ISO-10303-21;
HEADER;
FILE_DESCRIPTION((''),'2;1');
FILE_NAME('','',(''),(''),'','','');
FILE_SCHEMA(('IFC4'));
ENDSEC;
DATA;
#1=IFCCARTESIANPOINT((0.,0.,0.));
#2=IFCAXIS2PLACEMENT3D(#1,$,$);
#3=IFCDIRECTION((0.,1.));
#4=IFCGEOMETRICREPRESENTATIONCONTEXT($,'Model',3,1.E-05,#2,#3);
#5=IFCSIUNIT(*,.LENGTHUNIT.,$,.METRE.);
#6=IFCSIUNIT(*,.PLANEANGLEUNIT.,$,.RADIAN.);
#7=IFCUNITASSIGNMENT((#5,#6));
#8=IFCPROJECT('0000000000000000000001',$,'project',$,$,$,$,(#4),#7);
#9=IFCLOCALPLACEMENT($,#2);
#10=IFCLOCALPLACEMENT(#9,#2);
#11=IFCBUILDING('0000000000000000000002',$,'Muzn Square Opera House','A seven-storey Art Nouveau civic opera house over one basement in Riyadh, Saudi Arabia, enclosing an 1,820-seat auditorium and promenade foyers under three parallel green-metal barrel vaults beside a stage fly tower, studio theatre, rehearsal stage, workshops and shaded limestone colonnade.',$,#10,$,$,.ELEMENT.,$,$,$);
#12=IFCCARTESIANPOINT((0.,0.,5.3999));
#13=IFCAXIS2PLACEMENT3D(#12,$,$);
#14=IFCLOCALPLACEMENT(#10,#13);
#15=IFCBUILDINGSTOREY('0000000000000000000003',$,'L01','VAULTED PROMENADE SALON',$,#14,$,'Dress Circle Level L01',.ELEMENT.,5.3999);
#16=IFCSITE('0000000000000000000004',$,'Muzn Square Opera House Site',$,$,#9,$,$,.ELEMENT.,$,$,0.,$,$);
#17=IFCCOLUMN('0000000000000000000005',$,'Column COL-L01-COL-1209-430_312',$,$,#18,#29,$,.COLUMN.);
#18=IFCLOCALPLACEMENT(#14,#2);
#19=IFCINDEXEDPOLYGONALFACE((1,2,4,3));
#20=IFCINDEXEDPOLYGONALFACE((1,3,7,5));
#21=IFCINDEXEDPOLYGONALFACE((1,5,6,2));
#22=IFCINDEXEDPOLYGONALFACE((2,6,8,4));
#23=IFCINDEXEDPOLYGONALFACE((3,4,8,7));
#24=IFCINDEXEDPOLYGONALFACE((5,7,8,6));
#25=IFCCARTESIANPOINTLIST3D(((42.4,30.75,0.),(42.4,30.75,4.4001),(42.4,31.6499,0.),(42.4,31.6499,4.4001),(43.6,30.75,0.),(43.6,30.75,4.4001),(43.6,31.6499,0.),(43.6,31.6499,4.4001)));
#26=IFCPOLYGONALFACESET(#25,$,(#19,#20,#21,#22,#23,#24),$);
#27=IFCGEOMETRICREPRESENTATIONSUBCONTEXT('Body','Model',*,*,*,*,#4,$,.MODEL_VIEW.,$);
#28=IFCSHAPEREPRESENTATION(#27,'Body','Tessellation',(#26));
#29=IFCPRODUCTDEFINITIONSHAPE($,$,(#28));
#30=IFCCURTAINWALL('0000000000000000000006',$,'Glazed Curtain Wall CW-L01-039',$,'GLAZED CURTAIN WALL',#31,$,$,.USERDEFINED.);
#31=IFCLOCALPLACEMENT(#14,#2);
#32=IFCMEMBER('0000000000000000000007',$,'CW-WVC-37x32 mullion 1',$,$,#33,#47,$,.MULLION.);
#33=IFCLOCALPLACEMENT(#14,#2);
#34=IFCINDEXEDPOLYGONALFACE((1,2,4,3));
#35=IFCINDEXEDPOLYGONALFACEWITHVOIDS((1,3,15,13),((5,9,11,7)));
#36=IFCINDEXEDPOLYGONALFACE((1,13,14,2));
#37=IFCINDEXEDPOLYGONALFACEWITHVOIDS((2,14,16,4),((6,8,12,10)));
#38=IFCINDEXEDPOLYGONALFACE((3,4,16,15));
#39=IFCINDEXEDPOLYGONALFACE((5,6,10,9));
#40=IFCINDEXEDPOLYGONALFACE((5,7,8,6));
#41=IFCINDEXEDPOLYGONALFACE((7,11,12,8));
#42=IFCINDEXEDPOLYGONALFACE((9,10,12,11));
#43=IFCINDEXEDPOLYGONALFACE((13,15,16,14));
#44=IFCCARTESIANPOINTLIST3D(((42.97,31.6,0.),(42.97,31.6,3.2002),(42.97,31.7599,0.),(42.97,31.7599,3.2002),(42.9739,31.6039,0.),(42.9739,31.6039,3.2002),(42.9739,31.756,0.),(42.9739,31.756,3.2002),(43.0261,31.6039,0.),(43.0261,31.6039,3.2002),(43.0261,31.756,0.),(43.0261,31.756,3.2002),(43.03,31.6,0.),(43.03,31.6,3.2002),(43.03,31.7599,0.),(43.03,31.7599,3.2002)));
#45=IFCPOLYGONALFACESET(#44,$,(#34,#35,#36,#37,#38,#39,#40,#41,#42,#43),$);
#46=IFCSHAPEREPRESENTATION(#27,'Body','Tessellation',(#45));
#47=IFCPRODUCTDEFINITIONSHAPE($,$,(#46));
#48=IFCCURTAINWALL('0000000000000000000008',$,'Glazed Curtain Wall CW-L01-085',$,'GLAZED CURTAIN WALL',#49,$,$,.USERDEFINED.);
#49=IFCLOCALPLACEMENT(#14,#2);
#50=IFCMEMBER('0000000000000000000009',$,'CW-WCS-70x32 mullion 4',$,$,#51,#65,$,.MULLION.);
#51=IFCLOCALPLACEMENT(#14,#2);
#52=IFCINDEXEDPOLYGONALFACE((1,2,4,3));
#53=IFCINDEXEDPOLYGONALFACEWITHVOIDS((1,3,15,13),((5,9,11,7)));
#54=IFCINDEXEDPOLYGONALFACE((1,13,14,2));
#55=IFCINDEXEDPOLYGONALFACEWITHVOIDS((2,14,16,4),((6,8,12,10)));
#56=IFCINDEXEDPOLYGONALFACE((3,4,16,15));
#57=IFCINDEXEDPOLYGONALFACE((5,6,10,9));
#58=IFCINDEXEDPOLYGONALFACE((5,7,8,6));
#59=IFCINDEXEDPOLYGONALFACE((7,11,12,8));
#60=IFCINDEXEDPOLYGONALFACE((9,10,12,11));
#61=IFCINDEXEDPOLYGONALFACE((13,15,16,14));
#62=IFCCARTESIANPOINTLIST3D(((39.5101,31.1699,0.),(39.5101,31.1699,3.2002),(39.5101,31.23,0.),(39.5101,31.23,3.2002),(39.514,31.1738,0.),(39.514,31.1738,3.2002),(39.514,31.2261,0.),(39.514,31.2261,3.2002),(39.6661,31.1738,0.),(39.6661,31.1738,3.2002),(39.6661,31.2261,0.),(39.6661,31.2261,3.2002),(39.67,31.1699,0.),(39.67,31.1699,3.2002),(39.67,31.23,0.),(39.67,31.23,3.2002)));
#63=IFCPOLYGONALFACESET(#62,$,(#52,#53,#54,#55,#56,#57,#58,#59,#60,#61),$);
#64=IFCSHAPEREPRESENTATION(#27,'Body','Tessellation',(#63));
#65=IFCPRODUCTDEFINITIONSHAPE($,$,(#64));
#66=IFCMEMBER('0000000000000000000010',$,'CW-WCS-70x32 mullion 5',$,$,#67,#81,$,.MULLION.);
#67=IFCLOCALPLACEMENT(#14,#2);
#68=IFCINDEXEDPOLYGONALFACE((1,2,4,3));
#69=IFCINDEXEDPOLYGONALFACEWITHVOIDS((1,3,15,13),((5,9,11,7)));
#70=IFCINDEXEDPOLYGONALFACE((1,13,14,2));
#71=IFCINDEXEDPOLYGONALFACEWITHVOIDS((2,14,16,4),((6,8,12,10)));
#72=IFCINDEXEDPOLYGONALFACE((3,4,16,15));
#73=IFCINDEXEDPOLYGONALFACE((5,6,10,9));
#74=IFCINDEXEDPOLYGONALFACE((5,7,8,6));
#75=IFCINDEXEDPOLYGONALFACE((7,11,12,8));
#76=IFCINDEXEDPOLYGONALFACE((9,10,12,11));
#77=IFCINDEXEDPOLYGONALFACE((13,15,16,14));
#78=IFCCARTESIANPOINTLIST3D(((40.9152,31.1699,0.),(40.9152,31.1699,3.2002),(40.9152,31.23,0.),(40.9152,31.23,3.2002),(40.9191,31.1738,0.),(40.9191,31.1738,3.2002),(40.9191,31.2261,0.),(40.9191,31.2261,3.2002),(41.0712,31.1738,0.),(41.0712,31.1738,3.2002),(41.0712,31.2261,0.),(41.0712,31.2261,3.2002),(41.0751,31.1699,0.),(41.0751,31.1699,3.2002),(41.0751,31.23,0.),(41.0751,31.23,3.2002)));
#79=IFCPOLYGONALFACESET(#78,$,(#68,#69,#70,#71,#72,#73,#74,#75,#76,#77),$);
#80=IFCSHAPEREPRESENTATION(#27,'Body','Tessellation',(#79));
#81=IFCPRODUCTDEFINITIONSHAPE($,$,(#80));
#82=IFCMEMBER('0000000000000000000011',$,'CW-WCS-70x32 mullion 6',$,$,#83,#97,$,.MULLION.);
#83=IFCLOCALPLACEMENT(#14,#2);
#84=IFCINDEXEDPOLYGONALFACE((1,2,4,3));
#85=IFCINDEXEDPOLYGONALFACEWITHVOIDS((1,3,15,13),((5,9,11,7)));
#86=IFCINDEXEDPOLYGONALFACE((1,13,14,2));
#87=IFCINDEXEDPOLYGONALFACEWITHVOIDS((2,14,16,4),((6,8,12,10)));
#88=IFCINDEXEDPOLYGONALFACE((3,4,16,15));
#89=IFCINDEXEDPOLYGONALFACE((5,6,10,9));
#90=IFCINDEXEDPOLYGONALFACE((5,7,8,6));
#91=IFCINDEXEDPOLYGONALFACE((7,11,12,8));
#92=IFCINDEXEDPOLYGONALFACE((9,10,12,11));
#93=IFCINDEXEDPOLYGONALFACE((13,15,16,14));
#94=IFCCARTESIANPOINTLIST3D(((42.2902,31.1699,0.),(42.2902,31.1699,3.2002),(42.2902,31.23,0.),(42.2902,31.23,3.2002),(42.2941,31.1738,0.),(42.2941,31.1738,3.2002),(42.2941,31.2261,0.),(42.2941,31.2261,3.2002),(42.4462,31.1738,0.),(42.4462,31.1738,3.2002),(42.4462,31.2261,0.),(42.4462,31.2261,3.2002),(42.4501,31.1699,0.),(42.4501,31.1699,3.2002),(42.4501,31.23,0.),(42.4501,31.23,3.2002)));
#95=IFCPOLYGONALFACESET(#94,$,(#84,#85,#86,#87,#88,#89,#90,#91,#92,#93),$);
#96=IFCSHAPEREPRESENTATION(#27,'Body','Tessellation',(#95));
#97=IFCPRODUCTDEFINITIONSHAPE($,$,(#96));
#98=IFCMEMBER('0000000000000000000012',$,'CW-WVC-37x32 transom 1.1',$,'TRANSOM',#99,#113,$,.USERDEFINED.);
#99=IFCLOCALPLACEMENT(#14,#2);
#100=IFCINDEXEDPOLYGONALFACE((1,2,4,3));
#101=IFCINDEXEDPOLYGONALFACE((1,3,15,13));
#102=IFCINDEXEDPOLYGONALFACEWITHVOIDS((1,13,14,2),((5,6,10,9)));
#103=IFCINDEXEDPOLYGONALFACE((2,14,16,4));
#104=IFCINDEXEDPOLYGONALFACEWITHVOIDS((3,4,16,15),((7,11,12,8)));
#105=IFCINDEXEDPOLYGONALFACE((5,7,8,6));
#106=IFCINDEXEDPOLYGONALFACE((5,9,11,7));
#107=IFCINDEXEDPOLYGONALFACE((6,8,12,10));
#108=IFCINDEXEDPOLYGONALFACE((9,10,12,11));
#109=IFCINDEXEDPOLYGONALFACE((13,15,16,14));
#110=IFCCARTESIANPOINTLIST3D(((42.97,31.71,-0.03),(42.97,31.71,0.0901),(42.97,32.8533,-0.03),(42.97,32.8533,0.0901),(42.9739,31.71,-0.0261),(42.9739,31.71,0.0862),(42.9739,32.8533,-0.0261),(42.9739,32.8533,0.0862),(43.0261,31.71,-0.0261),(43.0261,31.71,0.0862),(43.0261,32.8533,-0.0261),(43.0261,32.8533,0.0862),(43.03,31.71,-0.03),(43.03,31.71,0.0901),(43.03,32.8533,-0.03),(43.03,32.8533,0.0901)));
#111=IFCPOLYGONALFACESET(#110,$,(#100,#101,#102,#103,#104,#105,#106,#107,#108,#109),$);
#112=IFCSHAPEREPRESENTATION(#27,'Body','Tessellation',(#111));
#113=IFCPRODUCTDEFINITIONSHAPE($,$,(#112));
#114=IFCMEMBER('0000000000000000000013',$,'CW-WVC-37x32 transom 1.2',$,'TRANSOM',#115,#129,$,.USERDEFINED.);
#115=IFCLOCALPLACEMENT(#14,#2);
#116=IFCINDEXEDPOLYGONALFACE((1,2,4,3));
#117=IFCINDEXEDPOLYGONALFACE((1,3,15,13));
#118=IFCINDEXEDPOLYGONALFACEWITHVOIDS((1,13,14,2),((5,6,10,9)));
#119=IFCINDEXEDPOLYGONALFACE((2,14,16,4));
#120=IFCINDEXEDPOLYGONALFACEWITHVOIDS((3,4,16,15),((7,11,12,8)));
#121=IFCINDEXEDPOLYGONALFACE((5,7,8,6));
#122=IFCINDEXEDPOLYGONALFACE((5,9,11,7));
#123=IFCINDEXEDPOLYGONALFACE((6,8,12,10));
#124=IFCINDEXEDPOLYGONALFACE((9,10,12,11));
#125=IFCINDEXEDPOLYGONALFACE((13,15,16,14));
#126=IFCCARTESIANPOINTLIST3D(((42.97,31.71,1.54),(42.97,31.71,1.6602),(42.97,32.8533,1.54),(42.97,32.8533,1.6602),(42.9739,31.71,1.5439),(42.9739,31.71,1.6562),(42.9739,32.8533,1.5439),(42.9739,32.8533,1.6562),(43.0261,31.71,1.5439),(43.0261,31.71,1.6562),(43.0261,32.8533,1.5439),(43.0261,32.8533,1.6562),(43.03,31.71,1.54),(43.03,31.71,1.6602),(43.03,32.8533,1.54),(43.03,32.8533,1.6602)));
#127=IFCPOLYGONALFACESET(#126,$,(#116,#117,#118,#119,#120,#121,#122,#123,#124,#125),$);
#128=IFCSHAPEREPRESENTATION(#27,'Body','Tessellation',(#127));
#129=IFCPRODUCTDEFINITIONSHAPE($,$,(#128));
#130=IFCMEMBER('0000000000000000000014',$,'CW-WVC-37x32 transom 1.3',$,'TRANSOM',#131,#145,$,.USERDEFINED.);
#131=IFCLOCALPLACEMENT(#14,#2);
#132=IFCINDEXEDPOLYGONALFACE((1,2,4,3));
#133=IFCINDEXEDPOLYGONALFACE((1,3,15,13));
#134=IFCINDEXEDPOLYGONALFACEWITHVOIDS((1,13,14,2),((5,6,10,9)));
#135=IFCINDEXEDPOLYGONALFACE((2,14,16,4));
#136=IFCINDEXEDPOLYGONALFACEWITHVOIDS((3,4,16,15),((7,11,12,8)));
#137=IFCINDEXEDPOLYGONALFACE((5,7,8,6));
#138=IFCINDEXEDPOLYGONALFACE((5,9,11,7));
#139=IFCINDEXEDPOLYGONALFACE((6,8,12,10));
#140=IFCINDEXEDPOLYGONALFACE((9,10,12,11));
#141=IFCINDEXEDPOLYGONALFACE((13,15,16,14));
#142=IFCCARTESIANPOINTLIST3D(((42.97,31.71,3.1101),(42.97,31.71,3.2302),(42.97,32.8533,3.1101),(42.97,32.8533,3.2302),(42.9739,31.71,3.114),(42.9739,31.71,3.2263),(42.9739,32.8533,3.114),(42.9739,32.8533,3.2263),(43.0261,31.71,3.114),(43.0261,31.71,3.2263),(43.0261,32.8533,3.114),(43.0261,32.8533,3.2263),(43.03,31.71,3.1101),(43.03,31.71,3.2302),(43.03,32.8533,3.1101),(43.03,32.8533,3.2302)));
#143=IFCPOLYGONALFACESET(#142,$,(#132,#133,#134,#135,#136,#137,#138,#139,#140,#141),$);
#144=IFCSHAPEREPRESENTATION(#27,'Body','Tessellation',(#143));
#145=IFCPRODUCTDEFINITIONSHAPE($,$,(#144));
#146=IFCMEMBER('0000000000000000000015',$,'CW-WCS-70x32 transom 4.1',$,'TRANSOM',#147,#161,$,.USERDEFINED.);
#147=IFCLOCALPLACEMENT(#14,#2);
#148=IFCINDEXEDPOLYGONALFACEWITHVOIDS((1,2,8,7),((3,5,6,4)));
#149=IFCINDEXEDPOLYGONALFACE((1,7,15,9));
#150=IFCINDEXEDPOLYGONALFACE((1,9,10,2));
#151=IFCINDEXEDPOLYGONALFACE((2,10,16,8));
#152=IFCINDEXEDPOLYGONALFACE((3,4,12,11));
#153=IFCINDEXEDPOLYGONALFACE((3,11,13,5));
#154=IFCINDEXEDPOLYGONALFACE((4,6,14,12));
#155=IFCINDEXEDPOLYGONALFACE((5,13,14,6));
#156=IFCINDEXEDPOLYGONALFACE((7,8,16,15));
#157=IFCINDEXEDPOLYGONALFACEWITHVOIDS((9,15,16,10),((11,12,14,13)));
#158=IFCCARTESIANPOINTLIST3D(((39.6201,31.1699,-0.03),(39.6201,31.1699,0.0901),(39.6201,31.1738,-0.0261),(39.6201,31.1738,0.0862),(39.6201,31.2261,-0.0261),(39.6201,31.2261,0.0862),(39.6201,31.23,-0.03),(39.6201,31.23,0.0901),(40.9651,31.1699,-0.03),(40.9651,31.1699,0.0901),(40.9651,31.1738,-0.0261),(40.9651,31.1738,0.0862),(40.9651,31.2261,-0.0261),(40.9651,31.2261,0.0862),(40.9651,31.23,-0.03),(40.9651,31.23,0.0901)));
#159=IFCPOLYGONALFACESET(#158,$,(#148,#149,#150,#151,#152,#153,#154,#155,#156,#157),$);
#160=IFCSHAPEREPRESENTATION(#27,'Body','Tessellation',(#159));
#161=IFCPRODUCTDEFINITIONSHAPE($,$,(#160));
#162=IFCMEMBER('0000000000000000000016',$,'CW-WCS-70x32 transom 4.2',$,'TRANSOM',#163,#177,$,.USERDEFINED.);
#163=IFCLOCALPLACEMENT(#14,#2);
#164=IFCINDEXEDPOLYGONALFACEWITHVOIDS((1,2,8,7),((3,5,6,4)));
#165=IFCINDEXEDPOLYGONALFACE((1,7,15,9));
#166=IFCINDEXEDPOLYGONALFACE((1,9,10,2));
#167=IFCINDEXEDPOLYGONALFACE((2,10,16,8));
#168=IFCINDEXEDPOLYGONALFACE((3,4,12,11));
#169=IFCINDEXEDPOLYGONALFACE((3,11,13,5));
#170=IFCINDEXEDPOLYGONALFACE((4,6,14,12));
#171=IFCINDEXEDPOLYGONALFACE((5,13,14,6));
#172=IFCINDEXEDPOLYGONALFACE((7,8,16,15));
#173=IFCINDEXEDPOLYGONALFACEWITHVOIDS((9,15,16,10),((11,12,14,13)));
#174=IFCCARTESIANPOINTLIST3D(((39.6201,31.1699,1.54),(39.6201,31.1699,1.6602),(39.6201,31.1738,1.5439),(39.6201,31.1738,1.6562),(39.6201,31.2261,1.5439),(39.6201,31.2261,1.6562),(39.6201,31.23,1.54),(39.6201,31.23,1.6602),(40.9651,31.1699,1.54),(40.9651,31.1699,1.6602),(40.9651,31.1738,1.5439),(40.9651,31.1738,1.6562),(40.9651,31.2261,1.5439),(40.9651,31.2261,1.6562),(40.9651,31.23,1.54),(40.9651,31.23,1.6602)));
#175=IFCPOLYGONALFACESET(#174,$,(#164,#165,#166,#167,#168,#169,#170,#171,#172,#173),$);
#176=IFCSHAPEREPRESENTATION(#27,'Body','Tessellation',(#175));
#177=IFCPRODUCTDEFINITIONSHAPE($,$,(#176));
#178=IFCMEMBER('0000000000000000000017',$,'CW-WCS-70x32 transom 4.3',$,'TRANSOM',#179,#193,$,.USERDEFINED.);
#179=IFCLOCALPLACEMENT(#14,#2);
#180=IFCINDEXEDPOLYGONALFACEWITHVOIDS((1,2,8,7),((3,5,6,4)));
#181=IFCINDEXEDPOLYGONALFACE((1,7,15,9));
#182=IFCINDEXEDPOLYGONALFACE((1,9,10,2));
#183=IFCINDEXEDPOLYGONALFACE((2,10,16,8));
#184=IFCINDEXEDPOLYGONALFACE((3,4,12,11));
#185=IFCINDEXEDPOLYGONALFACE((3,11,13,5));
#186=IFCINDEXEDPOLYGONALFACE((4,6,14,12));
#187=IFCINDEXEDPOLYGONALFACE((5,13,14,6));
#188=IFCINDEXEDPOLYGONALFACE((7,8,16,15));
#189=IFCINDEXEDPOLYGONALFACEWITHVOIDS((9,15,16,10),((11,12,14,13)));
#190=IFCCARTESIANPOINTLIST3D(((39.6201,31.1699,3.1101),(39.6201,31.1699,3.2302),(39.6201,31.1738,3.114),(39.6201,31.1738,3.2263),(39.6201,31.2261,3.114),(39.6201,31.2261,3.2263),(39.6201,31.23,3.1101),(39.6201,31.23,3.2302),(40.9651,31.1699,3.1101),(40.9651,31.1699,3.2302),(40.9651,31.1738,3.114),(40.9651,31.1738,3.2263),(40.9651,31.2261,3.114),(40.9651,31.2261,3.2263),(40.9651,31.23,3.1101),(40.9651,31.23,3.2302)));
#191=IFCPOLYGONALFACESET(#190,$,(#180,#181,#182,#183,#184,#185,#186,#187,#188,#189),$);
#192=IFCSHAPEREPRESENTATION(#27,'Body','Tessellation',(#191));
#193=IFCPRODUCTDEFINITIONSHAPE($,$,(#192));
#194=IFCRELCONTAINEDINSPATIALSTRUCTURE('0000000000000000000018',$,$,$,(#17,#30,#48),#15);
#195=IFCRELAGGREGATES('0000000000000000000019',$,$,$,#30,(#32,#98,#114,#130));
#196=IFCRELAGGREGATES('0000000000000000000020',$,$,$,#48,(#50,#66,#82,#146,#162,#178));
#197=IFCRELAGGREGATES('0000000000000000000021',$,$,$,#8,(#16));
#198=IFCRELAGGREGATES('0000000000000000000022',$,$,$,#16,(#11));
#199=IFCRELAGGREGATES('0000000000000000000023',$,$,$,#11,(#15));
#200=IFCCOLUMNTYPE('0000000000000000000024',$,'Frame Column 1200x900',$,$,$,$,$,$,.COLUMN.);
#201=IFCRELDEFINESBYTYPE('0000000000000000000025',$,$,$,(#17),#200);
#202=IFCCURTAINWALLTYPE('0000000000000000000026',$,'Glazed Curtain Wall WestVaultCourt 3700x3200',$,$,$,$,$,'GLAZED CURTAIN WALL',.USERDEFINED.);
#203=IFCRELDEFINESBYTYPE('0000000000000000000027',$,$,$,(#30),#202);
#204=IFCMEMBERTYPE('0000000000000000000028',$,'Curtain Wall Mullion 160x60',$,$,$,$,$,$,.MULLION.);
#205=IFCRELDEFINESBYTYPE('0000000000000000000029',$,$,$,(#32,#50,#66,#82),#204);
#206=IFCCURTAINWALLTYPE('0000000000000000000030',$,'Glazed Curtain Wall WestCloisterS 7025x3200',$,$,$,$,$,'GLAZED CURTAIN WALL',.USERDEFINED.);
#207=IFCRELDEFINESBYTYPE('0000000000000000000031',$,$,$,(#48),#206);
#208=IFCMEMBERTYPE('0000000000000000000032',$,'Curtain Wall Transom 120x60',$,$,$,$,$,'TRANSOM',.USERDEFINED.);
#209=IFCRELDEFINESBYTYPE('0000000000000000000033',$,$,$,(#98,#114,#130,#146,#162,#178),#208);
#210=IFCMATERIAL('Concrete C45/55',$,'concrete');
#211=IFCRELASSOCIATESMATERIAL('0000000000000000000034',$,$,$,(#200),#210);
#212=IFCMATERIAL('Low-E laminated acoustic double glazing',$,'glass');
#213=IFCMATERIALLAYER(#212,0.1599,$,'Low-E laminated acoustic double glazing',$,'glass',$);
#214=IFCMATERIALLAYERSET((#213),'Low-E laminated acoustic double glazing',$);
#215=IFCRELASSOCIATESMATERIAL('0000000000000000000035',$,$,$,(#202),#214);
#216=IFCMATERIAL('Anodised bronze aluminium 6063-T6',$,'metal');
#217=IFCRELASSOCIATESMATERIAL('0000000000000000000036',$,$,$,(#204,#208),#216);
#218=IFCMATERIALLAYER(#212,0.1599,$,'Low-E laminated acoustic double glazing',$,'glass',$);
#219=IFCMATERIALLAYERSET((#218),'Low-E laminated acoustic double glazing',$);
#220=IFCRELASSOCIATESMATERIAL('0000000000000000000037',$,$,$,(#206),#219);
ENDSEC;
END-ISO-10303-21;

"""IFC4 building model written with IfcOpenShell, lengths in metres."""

from ifc_helpers import new_model, si_unit, direction, frame, origin, origin_2d, place, context, subcontext, project, spatial, rectangle, hollow_rectangle, extrude, material, layer, layer_set, material_profile, profile_set, type_object, element, aggregate, save


model = new_model("IFC4")

# Units and contexts
model_context = context("Model", 3, precision=1e-05, world=origin(), true_north=direction((0.0, 1.0)))
body_context = subcontext(model_context, "Body", "Model", "MODEL_VIEW")
ifc_project = project(units=[si_unit("LENGTHUNIT", "METRE"), si_unit("PLANEANGLEUNIT", "RADIAN")], contexts=[model_context])

# Site, building, storey
site_placement = place(None, origin())
site = spatial("IfcSite", under=ifc_project, at=site_placement, Name="Muzn Square Opera House Site", CompositionType="ELEMENT", RefElevation=0.0)
building_placement = place(site_placement, origin())
building = spatial("IfcBuilding", under=site, at=building_placement, Name="Muzn Square Opera House", Description="A seven-storey Art Nouveau civic opera house over one basement in Riyadh, Saudi Arabia, enclosing an 1,820-seat auditorium and promenade foyers under three parallel green-metal barrel vaults beside a stage fly tower, studio theatre, rehearsal stage, workshops and shaded limestone colonnade.", CompositionType="ELEMENT")
storey_placement = place(building_placement, frame((0.0, 0.0, 5.3999)))
storey = spatial("IfcBuildingStorey", under=building, at=storey_placement, Name="L01", Description="VAULTED PROMENADE SALON", LongName="Dress Circle Level L01", CompositionType="ELEMENT", Elevation=5.3999)

# Column
ifc_material_1 = material(Name="Concrete C45/55", Category="concrete")
ifc_material_profile_1 = material_profile(ifc_material_1, rectangle(XDim=1.2, YDim=0.8999, at=origin_2d()), Name="RC 1200x900", Category="concrete")
ifc_profile_set_1 = profile_set([ifc_material_profile_1], Name="Concrete C45/55")
column_type = type_object("IfcColumnType", Name="Frame Column 1200x900", PredefinedType="COLUMN", material=ifc_profile_set_1)
column_placement = place(storey_placement, frame((43.0, 31.2, 0.0), z_axis=(0.0, 0.0, 1.0), x_axis=(1.0, 0.0, 0.0)))
element("IfcColumn", 1, at=column_placement, inside=storey, type_object=column_type, Name="Column COL-L01-COL-1209-430_312", PredefinedType="COLUMN", context=body_context, shape_type="SweptSolid", body=[
    extrude(rectangle(XDim=1.2, YDim=0.8999, at=origin_2d()), origin(), (0.0, 0.0, 1.0), 4.4001),
])

# Curtain wall, member
ifc_material_2 = material(Name="Low-E laminated acoustic double glazing", Category="glass")
ifc_layer_1 = layer(ifc_material_2, 0.1599, Name="Low-E laminated acoustic double glazing", Category="glass")
ifc_layer_set_1 = layer_set([ifc_layer_1], Name="Low-E laminated acoustic double glazing")
curtain_wall_type_1 = type_object("IfcCurtainWallType", Name="Glazed Curtain Wall WestVaultCourt 3700x3200", ElementType="GLAZED CURTAIN WALL", PredefinedType="USERDEFINED", material=ifc_layer_set_1)
curtain_wall_1_placement = place(storey_placement, origin())
curtain_wall_1 = element("IfcCurtainWall", 2, at=curtain_wall_1_placement, inside=storey, type_object=curtain_wall_type_1, Name="Glazed Curtain Wall CW-L01-039", ObjectType="GLAZED CURTAIN WALL", PredefinedType="USERDEFINED")
ifc_material_3 = material(Name="Anodised bronze aluminium 6063-T6", Category="metal")
ifc_material_profile_2 = material_profile(ifc_material_3, hollow_rectangle(XDim=0.0601, YDim=0.1599, WallThickness=0.0039, at=origin_2d()), Name="ALU 160x60x4", Category="metal")
ifc_profile_set_2 = profile_set([ifc_material_profile_2], Name="Anodised bronze aluminium 6063-T6")
member_type_1 = type_object("IfcMemberType", Name="Curtain Wall Mullion 160x60", PredefinedType="MULLION", material=ifc_profile_set_2)
member_1_placement = place(storey_placement, frame((43.0, 31.6799, 0.0), z_axis=(0.0, 0.0, 1.0), x_axis=(-1.0, 0.0, 0.0)))
member_1 = element("IfcMember", 3, at=member_1_placement, type_object=member_type_1, Name="CW-WVC-37x32 mullion 1", PredefinedType="MULLION", context=body_context, shape_type="SweptSolid", body=[
    extrude(hollow_rectangle(XDim=0.0601, YDim=0.1599, WallThickness=0.0039, at=origin_2d()), origin(), (0.0, 0.0, 1.0), 3.2002),
])

# Curtain wall, members
ifc_layer_2 = layer(ifc_material_2, 0.1599, Name="Low-E laminated acoustic double glazing", Category="glass")
ifc_layer_set_2 = layer_set([ifc_layer_2], Name="Low-E laminated acoustic double glazing")
curtain_wall_type_2 = type_object("IfcCurtainWallType", Name="Glazed Curtain Wall WestCloisterS 7025x3200", ElementType="GLAZED CURTAIN WALL", PredefinedType="USERDEFINED", material=ifc_layer_set_2)
curtain_wall_2_placement = place(storey_placement, origin())
curtain_wall_2 = element("IfcCurtainWall", 4, at=curtain_wall_2_placement, inside=storey, type_object=curtain_wall_type_2, Name="Glazed Curtain Wall CW-L01-085", ObjectType="GLAZED CURTAIN WALL", PredefinedType="USERDEFINED")
member_2_placement = place(storey_placement, frame((39.5901, 31.2, 0.0), z_axis=(0.0, 0.0, 1.0), x_axis=(0.0, 1.0, 0.0)))
member_2 = element("IfcMember", 5, at=member_2_placement, type_object=member_type_1, Name="CW-WCS-70x32 mullion 4", PredefinedType="MULLION", context=body_context, shape_type="SweptSolid", body=[
    extrude(hollow_rectangle(XDim=0.0601, YDim=0.1599, WallThickness=0.0039, at=origin_2d()), origin(), (0.0, 0.0, 1.0), 3.2002),
])
member_3_placement = place(storey_placement, frame((40.9951, 31.2, 0.0), z_axis=(0.0, 0.0, 1.0), x_axis=(0.0, 1.0, 0.0)))
member_3 = element("IfcMember", 6, at=member_3_placement, type_object=member_type_1, Name="CW-WCS-70x32 mullion 5", PredefinedType="MULLION", context=body_context, shape_type="SweptSolid", body=[
    extrude(hollow_rectangle(XDim=0.0601, YDim=0.1599, WallThickness=0.0039, at=origin_2d()), origin(), (0.0, 0.0, 1.0), 3.2002),
])
member_4_placement = place(storey_placement, frame((42.3701, 31.2, 0.0), z_axis=(0.0, 0.0, 1.0), x_axis=(0.0, 1.0, 0.0)))
member_4 = element("IfcMember", 7, at=member_4_placement, type_object=member_type_1, Name="CW-WCS-70x32 mullion 6", PredefinedType="MULLION", context=body_context, shape_type="SweptSolid", body=[
    extrude(hollow_rectangle(XDim=0.0601, YDim=0.1599, WallThickness=0.0039, at=origin_2d()), origin(), (0.0, 0.0, 1.0), 3.2002),
])

# Members
ifc_material_profile_3 = material_profile(ifc_material_3, hollow_rectangle(XDim=0.0601, YDim=0.1201, WallThickness=0.0039, at=origin_2d()), Name="ALU 120x60x4", Category="metal")
ifc_profile_set_3 = profile_set([ifc_material_profile_3], Name="Anodised bronze aluminium 6063-T6")
member_type_2 = type_object("IfcMemberType", Name="Curtain Wall Transom 120x60", ElementType="TRANSOM", PredefinedType="USERDEFINED", material=ifc_profile_set_3)
member_5_placement = place(storey_placement, frame((43.0, 31.71, 0.03), z_axis=(0.0, 1.0, 0.0), x_axis=(-1.0, 0.0, 0.0)))
member_5 = element("IfcMember", 8, at=member_5_placement, type_object=member_type_2, Name="CW-WVC-37x32 transom 1.1", ObjectType="TRANSOM", PredefinedType="USERDEFINED", context=body_context, shape_type="SweptSolid", body=[
    extrude(hollow_rectangle(XDim=0.0601, YDim=0.1201, WallThickness=0.0039, at=origin_2d()), origin(), (0.0, 0.0, 1.0), 1.1433),
])
member_6_placement = place(storey_placement, frame((43.0, 31.71, 1.6001), z_axis=(0.0, 1.0, 0.0), x_axis=(-1.0, 0.0, 0.0)))
member_6 = element("IfcMember", 9, at=member_6_placement, type_object=member_type_2, Name="CW-WVC-37x32 transom 1.2", ObjectType="TRANSOM", PredefinedType="USERDEFINED", context=body_context, shape_type="SweptSolid", body=[
    extrude(hollow_rectangle(XDim=0.0601, YDim=0.1201, WallThickness=0.0039, at=origin_2d()), origin(), (0.0, 0.0, 1.0), 1.1433),
])
member_7_placement = place(storey_placement, frame((43.0, 31.71, 3.1702), z_axis=(0.0, 1.0, 0.0), x_axis=(-1.0, 0.0, 0.0)))
member_7 = element("IfcMember", 10, at=member_7_placement, type_object=member_type_2, Name="CW-WVC-37x32 transom 1.3", ObjectType="TRANSOM", PredefinedType="USERDEFINED", context=body_context, shape_type="SweptSolid", body=[
    extrude(hollow_rectangle(XDim=0.0601, YDim=0.1201, WallThickness=0.0039, at=origin_2d()), origin(), (0.0, 0.0, 1.0), 1.1433),
])
member_8_placement = place(storey_placement, frame((39.6201, 31.2, 0.03), z_axis=(1.0, 0.0, 0.0), x_axis=(0.0, 1.0, 0.0)))
member_8 = element("IfcMember", 11, at=member_8_placement, type_object=member_type_2, Name="CW-WCS-70x32 transom 4.1", ObjectType="TRANSOM", PredefinedType="USERDEFINED", context=body_context, shape_type="SweptSolid", body=[
    extrude(hollow_rectangle(XDim=0.0601, YDim=0.1201, WallThickness=0.0039, at=origin_2d()), origin(), (0.0, 0.0, 1.0), 1.345),
])
member_9_placement = place(storey_placement, frame((39.6201, 31.2, 1.6001), z_axis=(1.0, 0.0, 0.0), x_axis=(0.0, 1.0, 0.0)))
member_9 = element("IfcMember", 12, at=member_9_placement, type_object=member_type_2, Name="CW-WCS-70x32 transom 4.2", ObjectType="TRANSOM", PredefinedType="USERDEFINED", context=body_context, shape_type="SweptSolid", body=[
    extrude(hollow_rectangle(XDim=0.0601, YDim=0.1201, WallThickness=0.0039, at=origin_2d()), origin(), (0.0, 0.0, 1.0), 1.345),
])
member_10_placement = place(storey_placement, frame((39.6201, 31.2, 3.1702), z_axis=(1.0, 0.0, 0.0), x_axis=(0.0, 1.0, 0.0)))
member_10 = element("IfcMember", 13, at=member_10_placement, type_object=member_type_2, Name="CW-WCS-70x32 transom 4.3", ObjectType="TRANSOM", PredefinedType="USERDEFINED", context=body_context, shape_type="SweptSolid", body=[
    extrude(hollow_rectangle(XDim=0.0601, YDim=0.1201, WallThickness=0.0039, at=origin_2d()), origin(), (0.0, 0.0, 1.0), 1.345),
])

aggregate(curtain_wall_1, [member_1, member_5, member_6, member_7])
aggregate(curtain_wall_2, [member_2, member_3, member_4, member_8, member_9, member_10])

save(model, "model.ifc")
